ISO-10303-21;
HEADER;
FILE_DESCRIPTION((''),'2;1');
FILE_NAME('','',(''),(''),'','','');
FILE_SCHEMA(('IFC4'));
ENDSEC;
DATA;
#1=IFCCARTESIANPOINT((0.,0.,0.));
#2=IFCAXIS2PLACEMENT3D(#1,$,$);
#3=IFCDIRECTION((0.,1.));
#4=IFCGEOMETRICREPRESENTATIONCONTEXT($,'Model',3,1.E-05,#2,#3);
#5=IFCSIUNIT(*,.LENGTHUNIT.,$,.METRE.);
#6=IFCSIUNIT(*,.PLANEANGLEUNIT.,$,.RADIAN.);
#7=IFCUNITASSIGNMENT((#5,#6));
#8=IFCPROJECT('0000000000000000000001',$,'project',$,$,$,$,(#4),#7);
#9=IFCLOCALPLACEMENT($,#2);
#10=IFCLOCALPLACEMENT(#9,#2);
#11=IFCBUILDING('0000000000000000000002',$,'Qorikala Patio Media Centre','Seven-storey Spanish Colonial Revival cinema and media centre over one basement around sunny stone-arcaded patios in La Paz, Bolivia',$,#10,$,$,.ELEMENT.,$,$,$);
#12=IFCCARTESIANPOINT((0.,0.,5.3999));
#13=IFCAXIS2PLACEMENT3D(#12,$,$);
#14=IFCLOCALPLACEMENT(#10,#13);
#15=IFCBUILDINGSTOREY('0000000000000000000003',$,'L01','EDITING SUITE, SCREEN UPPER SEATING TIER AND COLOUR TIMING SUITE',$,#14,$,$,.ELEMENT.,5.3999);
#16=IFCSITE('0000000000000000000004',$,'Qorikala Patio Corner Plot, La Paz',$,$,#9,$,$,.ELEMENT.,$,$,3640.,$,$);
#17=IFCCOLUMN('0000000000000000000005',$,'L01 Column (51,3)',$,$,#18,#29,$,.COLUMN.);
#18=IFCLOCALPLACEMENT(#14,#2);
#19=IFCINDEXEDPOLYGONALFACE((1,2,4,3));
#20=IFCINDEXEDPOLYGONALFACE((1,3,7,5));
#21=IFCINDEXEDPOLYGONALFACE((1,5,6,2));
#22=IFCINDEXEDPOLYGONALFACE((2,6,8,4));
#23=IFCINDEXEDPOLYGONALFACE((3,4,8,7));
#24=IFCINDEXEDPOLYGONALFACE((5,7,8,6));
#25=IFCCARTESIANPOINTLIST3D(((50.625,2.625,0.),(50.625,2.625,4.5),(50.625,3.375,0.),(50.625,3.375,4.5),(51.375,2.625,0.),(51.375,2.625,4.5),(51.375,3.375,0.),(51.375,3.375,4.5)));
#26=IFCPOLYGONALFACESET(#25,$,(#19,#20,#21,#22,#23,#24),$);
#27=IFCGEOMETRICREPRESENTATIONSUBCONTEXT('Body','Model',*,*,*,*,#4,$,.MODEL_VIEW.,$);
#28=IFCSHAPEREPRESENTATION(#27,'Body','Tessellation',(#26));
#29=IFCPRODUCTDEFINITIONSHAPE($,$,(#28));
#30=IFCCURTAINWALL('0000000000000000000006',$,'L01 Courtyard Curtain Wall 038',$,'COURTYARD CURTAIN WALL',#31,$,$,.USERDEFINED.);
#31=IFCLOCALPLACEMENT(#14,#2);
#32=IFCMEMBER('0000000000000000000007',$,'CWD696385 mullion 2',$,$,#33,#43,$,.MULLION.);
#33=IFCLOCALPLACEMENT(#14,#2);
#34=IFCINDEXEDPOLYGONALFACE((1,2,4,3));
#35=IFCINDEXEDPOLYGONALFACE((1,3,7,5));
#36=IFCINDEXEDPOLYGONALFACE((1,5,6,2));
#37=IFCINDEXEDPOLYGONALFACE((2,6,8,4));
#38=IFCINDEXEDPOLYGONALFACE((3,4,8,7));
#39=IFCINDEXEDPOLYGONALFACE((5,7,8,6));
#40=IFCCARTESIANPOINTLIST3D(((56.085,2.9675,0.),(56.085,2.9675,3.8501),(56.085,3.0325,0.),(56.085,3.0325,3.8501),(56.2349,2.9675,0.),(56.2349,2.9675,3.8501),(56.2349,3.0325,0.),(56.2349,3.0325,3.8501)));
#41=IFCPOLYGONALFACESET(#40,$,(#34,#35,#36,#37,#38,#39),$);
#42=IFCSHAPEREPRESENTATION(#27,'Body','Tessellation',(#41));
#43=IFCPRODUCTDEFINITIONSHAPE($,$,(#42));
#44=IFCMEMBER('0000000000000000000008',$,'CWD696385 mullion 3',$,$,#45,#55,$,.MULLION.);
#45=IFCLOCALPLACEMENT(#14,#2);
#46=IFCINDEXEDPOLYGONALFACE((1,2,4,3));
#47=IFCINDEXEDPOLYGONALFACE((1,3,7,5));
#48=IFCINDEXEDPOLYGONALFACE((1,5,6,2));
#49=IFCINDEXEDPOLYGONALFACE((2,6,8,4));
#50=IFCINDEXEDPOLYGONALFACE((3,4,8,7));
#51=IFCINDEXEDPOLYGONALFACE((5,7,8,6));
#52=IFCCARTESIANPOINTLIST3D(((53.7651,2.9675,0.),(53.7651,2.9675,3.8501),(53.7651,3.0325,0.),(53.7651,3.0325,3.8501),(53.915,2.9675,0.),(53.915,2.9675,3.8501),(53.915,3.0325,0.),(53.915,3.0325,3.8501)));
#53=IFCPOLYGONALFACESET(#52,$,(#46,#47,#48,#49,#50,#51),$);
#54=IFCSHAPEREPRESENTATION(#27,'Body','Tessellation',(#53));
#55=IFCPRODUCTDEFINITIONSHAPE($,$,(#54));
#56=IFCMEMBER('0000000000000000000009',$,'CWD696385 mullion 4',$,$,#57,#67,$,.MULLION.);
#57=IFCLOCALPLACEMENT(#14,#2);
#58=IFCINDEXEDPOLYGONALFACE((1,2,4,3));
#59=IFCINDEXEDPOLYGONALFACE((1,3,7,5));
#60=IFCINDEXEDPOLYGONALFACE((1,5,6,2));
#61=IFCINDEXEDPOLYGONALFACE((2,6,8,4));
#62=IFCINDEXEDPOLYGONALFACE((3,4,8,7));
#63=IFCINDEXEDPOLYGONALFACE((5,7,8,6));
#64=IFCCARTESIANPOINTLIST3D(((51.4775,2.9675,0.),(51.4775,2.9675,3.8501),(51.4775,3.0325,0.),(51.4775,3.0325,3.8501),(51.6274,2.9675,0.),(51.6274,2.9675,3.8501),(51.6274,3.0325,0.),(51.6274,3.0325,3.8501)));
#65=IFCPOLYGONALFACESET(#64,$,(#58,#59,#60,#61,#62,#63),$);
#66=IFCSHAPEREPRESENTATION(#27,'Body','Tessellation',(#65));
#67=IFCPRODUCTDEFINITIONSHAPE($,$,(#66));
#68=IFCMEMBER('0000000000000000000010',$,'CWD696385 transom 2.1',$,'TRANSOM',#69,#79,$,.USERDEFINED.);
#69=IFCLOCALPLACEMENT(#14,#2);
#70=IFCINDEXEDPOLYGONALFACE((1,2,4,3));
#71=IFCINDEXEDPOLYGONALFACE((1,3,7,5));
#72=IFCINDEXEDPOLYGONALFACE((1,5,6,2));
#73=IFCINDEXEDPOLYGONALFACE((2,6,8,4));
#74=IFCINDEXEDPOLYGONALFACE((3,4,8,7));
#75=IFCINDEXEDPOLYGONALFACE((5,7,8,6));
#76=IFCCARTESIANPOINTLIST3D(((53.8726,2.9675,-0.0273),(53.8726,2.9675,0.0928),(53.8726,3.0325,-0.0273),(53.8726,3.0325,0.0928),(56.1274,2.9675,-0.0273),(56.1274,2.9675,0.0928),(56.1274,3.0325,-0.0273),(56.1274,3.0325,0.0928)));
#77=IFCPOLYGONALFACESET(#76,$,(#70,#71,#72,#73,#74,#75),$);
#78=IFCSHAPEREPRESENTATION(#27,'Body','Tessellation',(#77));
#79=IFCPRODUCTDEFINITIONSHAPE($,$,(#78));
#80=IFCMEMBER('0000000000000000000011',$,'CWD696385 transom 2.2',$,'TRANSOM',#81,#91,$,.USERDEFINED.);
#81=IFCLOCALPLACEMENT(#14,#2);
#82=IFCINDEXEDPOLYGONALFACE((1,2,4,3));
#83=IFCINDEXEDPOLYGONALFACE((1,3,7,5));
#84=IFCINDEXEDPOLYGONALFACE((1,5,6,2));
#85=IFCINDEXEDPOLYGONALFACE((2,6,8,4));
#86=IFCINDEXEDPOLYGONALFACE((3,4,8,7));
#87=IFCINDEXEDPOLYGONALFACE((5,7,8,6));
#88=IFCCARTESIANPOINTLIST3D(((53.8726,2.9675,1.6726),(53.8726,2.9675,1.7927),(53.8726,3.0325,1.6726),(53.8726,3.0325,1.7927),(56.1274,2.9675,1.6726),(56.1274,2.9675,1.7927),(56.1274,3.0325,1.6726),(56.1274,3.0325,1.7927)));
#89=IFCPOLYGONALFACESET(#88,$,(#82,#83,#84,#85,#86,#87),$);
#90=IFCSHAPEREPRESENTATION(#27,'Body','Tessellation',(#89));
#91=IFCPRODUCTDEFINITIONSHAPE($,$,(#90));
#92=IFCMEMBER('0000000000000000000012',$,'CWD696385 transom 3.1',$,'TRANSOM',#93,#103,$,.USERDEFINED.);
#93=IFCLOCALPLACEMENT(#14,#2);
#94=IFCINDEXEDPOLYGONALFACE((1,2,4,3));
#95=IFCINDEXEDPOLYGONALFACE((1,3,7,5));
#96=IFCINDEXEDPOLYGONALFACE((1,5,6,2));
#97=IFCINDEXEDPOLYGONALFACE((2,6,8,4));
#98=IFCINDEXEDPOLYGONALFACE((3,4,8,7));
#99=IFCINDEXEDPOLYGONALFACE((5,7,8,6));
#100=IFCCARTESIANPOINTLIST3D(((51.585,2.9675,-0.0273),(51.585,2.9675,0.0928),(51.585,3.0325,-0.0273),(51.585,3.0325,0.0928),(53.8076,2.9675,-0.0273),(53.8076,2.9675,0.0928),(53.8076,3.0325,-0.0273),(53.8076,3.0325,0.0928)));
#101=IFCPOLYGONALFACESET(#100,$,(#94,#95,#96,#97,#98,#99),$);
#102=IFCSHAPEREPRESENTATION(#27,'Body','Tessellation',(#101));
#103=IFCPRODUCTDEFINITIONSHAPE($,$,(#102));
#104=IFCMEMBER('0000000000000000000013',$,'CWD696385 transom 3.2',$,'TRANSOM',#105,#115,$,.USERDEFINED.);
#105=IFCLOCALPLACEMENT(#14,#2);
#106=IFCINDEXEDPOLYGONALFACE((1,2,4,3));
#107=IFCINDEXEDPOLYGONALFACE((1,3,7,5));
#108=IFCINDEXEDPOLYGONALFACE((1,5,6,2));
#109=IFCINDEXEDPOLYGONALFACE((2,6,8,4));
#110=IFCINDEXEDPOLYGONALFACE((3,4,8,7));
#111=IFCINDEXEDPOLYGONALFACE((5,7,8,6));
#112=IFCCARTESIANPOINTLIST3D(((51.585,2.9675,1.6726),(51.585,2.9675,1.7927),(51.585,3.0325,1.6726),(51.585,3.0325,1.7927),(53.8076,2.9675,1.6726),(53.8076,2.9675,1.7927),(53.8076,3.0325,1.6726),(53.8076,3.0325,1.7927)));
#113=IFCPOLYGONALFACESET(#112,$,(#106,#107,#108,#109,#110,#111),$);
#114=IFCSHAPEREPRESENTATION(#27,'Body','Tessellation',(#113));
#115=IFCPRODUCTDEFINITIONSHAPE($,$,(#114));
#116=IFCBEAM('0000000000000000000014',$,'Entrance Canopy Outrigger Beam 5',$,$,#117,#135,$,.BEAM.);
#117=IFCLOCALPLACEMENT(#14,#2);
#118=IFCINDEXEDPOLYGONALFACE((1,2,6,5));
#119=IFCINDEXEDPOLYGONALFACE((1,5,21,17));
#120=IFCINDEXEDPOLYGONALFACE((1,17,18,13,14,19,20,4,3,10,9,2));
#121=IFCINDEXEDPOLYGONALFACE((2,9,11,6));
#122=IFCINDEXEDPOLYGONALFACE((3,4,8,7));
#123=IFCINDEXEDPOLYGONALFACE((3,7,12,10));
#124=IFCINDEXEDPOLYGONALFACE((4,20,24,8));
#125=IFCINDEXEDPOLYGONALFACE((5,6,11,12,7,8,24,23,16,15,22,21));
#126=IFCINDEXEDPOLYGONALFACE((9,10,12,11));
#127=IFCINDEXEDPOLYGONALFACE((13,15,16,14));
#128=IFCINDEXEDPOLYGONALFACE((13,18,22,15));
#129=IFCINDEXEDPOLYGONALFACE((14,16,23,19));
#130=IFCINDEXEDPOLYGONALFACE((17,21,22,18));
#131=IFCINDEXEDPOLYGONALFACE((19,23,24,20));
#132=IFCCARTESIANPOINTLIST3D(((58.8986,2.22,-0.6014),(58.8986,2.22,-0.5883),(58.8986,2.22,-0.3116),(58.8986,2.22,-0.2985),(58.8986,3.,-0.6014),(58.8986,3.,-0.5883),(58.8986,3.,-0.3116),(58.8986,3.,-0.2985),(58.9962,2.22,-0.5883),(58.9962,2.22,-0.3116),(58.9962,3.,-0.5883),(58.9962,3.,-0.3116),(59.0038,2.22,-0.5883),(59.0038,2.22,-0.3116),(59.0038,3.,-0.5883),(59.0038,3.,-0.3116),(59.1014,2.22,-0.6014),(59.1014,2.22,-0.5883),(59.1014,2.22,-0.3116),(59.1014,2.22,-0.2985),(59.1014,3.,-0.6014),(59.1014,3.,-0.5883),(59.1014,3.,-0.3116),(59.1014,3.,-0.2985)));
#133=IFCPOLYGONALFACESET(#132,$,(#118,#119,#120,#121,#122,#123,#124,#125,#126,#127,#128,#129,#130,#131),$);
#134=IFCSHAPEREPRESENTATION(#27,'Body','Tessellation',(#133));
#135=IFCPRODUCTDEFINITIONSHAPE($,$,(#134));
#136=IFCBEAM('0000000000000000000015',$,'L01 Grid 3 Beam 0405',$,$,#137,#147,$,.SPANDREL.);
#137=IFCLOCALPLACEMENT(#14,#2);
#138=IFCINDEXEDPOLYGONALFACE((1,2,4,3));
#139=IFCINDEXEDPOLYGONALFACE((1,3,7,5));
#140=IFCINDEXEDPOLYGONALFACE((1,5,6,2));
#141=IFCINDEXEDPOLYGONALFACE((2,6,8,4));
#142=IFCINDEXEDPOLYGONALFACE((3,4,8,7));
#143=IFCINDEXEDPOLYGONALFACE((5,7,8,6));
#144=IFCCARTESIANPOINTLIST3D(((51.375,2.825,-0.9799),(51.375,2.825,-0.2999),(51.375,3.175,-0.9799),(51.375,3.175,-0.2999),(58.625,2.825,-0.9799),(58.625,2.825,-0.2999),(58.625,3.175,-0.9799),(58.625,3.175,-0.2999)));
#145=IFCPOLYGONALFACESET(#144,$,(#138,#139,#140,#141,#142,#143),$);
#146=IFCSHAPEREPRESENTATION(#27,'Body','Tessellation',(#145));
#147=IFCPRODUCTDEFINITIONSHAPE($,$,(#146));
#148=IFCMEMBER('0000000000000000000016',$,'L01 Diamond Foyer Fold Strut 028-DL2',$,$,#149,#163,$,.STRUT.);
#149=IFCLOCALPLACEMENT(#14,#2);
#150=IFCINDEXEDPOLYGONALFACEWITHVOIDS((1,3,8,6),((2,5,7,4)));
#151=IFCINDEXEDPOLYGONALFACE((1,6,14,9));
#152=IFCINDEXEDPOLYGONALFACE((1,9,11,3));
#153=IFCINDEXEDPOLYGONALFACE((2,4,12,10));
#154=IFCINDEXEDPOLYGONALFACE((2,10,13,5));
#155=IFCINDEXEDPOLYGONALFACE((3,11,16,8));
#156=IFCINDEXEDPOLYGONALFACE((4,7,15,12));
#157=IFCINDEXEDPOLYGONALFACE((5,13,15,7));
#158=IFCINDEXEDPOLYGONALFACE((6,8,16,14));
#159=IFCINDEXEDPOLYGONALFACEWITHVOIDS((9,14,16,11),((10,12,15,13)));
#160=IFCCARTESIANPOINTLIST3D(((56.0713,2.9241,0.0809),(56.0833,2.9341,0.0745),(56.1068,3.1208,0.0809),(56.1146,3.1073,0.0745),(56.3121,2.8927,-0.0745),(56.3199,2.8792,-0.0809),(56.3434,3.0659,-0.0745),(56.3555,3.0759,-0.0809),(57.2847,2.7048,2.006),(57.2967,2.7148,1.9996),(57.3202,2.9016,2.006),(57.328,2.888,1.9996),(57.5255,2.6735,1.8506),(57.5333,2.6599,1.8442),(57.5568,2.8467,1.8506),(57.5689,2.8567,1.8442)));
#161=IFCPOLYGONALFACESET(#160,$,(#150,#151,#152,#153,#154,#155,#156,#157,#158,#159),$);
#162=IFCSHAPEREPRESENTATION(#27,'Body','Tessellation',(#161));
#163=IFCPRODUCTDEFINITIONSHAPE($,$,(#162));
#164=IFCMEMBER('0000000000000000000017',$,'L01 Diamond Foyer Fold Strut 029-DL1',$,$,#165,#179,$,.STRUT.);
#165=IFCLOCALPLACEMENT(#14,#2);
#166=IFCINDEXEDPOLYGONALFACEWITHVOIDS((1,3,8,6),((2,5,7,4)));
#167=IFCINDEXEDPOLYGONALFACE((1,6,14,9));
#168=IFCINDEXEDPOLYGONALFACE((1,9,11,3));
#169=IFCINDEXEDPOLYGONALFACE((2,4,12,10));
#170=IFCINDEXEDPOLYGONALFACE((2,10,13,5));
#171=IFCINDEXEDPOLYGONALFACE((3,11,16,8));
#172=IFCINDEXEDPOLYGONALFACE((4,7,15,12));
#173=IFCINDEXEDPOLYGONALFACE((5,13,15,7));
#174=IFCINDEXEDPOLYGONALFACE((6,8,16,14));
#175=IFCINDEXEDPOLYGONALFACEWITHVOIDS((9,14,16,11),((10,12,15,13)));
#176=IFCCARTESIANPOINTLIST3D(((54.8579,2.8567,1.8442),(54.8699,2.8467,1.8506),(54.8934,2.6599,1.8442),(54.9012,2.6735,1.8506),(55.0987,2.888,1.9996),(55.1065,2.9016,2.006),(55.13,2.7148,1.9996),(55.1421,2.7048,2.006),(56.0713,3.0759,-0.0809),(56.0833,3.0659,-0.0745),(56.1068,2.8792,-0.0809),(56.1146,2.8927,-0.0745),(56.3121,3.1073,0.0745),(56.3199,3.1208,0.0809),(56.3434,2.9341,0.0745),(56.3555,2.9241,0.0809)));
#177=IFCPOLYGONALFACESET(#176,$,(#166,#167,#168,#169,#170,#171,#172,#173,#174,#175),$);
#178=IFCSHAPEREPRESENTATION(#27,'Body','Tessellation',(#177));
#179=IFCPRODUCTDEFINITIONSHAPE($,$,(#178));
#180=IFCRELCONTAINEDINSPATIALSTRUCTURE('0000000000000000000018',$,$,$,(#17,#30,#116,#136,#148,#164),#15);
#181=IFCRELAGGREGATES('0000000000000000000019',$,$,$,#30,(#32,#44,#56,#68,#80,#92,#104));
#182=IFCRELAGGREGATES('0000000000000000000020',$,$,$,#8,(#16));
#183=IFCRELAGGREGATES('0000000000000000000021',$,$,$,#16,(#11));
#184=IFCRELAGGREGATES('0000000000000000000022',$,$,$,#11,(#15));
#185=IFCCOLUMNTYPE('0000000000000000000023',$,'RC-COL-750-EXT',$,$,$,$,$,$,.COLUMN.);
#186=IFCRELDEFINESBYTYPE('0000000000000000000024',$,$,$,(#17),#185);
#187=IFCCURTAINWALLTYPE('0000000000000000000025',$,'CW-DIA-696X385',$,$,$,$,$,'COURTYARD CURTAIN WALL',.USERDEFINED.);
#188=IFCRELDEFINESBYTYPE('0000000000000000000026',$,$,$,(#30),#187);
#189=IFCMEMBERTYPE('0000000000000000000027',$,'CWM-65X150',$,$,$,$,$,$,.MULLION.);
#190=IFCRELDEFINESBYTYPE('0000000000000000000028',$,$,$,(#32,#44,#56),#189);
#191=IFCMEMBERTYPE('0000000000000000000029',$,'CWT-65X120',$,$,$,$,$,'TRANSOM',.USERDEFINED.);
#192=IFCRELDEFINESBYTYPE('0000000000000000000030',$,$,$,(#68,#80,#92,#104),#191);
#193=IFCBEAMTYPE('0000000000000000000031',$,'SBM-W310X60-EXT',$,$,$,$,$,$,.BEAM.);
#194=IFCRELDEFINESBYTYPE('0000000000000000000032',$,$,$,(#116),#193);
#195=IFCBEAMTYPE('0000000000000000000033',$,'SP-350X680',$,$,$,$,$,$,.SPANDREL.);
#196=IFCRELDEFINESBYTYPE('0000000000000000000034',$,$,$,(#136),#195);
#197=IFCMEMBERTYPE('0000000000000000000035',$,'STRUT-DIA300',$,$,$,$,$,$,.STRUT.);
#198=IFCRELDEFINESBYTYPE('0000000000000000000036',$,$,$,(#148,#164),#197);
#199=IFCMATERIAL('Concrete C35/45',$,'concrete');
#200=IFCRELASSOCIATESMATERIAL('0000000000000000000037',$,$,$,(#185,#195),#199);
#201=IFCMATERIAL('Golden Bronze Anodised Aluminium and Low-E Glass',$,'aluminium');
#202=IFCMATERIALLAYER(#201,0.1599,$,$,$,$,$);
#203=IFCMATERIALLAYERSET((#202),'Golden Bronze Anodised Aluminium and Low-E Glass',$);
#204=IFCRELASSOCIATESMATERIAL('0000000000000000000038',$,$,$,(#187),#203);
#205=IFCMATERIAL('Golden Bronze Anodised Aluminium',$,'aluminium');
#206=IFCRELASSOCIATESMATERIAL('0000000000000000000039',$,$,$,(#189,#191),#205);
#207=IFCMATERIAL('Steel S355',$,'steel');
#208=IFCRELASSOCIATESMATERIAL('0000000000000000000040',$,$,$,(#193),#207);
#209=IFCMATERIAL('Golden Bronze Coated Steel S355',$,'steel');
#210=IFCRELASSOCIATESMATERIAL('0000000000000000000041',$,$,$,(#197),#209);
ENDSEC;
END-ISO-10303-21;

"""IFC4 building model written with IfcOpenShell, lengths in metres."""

from ifc_helpers import new_model, si_unit, direction, frame, origin, origin_2d, place, context, subcontext, project, spatial, rectangle, hollow_rectangle, i_section, extrude, material, layer, layer_set, material_profile, profile_set, type_object, element, aggregate, save


model = new_model("IFC4")

# Units and contexts
model_context = context("Model", 3, precision=1e-05, world=origin(), true_north=direction((0.0, 1.0)))
body_context = subcontext(model_context, "Body", "Model", "MODEL_VIEW")
ifc_project = project(units=[si_unit("LENGTHUNIT", "METRE"), si_unit("PLANEANGLEUNIT", "RADIAN")], contexts=[model_context])

# Site, building, storey
site_placement = place(None, origin())
site = spatial("IfcSite", under=ifc_project, at=site_placement, Name="Qorikala Patio Corner Plot, La Paz", CompositionType="ELEMENT", RefElevation=3640.0)
building_placement = place(site_placement, origin())
building = spatial("IfcBuilding", under=site, at=building_placement, Name="Qorikala Patio Media Centre", Description="Seven-storey Spanish Colonial Revival cinema and media centre over one basement around sunny stone-arcaded patios in La Paz, Bolivia", CompositionType="ELEMENT")
storey_placement = place(building_placement, frame((0.0, 0.0, 5.3999)))
storey = spatial("IfcBuildingStorey", under=building, at=storey_placement, Name="L01", Description="EDITING SUITE, SCREEN UPPER SEATING TIER AND COLOUR TIMING SUITE", CompositionType="ELEMENT", Elevation=5.3999)

# Column
ifc_material_1 = material(Name="Concrete C35/45", Category="concrete")
ifc_material_profile_1 = material_profile(ifc_material_1, rectangle(XDim=0.75, YDim=0.75, at=origin_2d()), Name="RC 750x750")
ifc_profile_set_1 = profile_set([ifc_material_profile_1], Name="Concrete C35/45")
column_type = type_object("IfcColumnType", Name="RC-COL-750-EXT", PredefinedType="COLUMN", material=ifc_profile_set_1)
column_placement = place(storey_placement, frame((51.0, 3.0, 0.0), z_axis=(0.0, 0.0, 1.0), x_axis=(1.0, 0.0, 0.0)))
element("IfcColumn", 1, at=column_placement, inside=storey, type_object=column_type, Name="L01 Column (51,3)", PredefinedType="COLUMN", context=body_context, shape_type="SweptSolid", body=[
    extrude(rectangle(XDim=0.75, YDim=0.75, at=origin_2d()), origin(), (0.0, 0.0, 1.0), 4.5),
])

# Curtain wall, members
ifc_material_2 = material(Name="Golden Bronze Anodised Aluminium and Low-E Glass", Category="aluminium")
ifc_layer_1 = layer(ifc_material_2, 0.1599)
ifc_layer_set_1 = layer_set([ifc_layer_1], Name="Golden Bronze Anodised Aluminium and Low-E Glass")
curtain_wall_type = type_object("IfcCurtainWallType", Name="CW-DIA-696X385", ElementType="COURTYARD CURTAIN WALL", PredefinedType="USERDEFINED", material=ifc_layer_set_1)
curtain_wall_placement = place(storey_placement, origin())
curtain_wall = element("IfcCurtainWall", 2, at=curtain_wall_placement, inside=storey, type_object=curtain_wall_type, Name="L01 Courtyard Curtain Wall 038", ObjectType="COURTYARD CURTAIN WALL", PredefinedType="USERDEFINED")
ifc_material_3 = material(Name="Golden Bronze Anodised Aluminium", Category="aluminium")
ifc_material_profile_2 = material_profile(ifc_material_3, rectangle(XDim=0.0649, YDim=0.1499, at=origin_2d()), Name="ALU MULLION 65x150")
ifc_profile_set_2 = profile_set([ifc_material_profile_2], Name="Golden Bronze Anodised Aluminium")
member_type_1 = type_object("IfcMemberType", Name="CWM-65X150", PredefinedType="MULLION", material=ifc_profile_set_2)
member_1_placement = place(storey_placement, frame((56.1599, 3.0, 0.0), z_axis=(0.0, 0.0, 1.0), x_axis=(0.0, -1.0, 0.0)))
member_1 = element("IfcMember", 3, at=member_1_placement, type_object=member_type_1, Name="CWD696385 mullion 2", PredefinedType="MULLION", context=body_context, shape_type="SweptSolid", body=[
    extrude(rectangle(XDim=0.0649, YDim=0.1499, at=origin_2d()), origin(), (0.0, 0.0, 1.0), 3.8501),
])
member_2_placement = place(storey_placement, frame((53.8401, 3.0, 0.0), z_axis=(0.0, 0.0, 1.0), x_axis=(0.0, -1.0, 0.0)))
member_2 = element("IfcMember", 4, at=member_2_placement, type_object=member_type_1, Name="CWD696385 mullion 3", PredefinedType="MULLION", context=body_context, shape_type="SweptSolid", body=[
    extrude(rectangle(XDim=0.0649, YDim=0.1499, at=origin_2d()), origin(), (0.0, 0.0, 1.0), 3.8501),
])
member_3_placement = place(storey_placement, frame((51.5525, 3.0, 0.0), z_axis=(0.0, 0.0, 1.0), x_axis=(0.0, -1.0, 0.0)))
member_3 = element("IfcMember", 5, at=member_3_placement, type_object=member_type_1, Name="CWD696385 mullion 4", PredefinedType="MULLION", context=body_context, shape_type="SweptSolid", body=[
    extrude(rectangle(XDim=0.0649, YDim=0.1499, at=origin_2d()), origin(), (0.0, 0.0, 1.0), 3.8501),
])
ifc_material_profile_3 = material_profile(ifc_material_3, rectangle(XDim=0.0649, YDim=0.1201, at=origin_2d()), Name="ALU TRANSOM 65x120")
ifc_profile_set_3 = profile_set([ifc_material_profile_3], Name="Golden Bronze Anodised Aluminium")
member_type_2 = type_object("IfcMemberType", Name="CWT-65X120", ElementType="TRANSOM", PredefinedType="USERDEFINED", material=ifc_profile_set_3)
member_4_placement = place(storey_placement, frame((56.1274, 3.0, 0.0327), z_axis=(-1.0, 0.0, 0.0), x_axis=(0.0, -1.0, 0.0)))
member_4 = element("IfcMember", 6, at=member_4_placement, type_object=member_type_2, Name="CWD696385 transom 2.1", ObjectType="TRANSOM", PredefinedType="USERDEFINED", context=body_context, shape_type="SweptSolid", body=[
    extrude(rectangle(XDim=0.0649, YDim=0.1201, at=origin_2d()), origin(), (0.0, 0.0, 1.0), 2.2549),
])
member_5_placement = place(storey_placement, frame((56.1274, 3.0, 1.7327), z_axis=(-1.0, 0.0, 0.0), x_axis=(0.0, -1.0, 0.0)))
member_5 = element("IfcMember", 7, at=member_5_placement, type_object=member_type_2, Name="CWD696385 transom 2.2", ObjectType="TRANSOM", PredefinedType="USERDEFINED", context=body_context, shape_type="SweptSolid", body=[
    extrude(rectangle(XDim=0.0649, YDim=0.1201, at=origin_2d()), origin(), (0.0, 0.0, 1.0), 2.2549),
])
member_6_placement = place(storey_placement, frame((53.8076, 3.0, 0.0327), z_axis=(-1.0, 0.0, 0.0), x_axis=(0.0, -1.0, 0.0)))
member_6 = element("IfcMember", 8, at=member_6_placement, type_object=member_type_2, Name="CWD696385 transom 3.1", ObjectType="TRANSOM", PredefinedType="USERDEFINED", context=body_context, shape_type="SweptSolid", body=[
    extrude(rectangle(XDim=0.0649, YDim=0.1201, at=origin_2d()), origin(), (0.0, 0.0, 1.0), 2.2227),
])
member_7_placement = place(storey_placement, frame((53.8076, 3.0, 1.7327), z_axis=(-1.0, 0.0, 0.0), x_axis=(0.0, -1.0, 0.0)))
member_7 = element("IfcMember", 9, at=member_7_placement, type_object=member_type_2, Name="CWD696385 transom 3.2", ObjectType="TRANSOM", PredefinedType="USERDEFINED", context=body_context, shape_type="SweptSolid", body=[
    extrude(rectangle(XDim=0.0649, YDim=0.1201, at=origin_2d()), origin(), (0.0, 0.0, 1.0), 2.2227),
])

# Beams
ifc_material_4 = material(Name="Steel S355", Category="steel")
ifc_material_profile_4 = material_profile(ifc_material_4, i_section(OverallWidth=0.2029, OverallDepth=0.303, WebThickness=0.0076, FlangeThickness=0.0132, at=origin_2d()), Name="W310X60")
ifc_profile_set_4 = profile_set([ifc_material_profile_4], Name="Steel S355")
beam_type_1 = type_object("IfcBeamType", Name="SBM-W310X60-EXT", PredefinedType="BEAM", material=ifc_profile_set_4)
beam_1_placement = place(storey_placement, frame((59.0, 2.22, -0.45), z_axis=(0.0, 1.0, 0.0), x_axis=(-1.0, 0.0, 0.0)))
element("IfcBeam", 10, at=beam_1_placement, inside=storey, type_object=beam_type_1, Name="Entrance Canopy Outrigger Beam 5", PredefinedType="BEAM", context=body_context, shape_type="SweptSolid", body=[
    extrude(i_section(OverallWidth=0.2029, OverallDepth=0.303, WebThickness=0.0076, FlangeThickness=0.0132, at=origin_2d()), origin(), (0.0, 0.0, 1.0), 0.78),
])
ifc_material_profile_5 = material_profile(ifc_material_1, rectangle(XDim=0.3501, YDim=0.6799, at=origin_2d()), Name="RC 350x680")
ifc_profile_set_5 = profile_set([ifc_material_profile_5], Name="Concrete C35/45")
beam_type_2 = type_object("IfcBeamType", Name="SP-350X680", PredefinedType="SPANDREL", material=ifc_profile_set_5)
beam_2_placement = place(storey_placement, frame((51.375, 3.0, -0.6399), z_axis=(1.0, 0.0, 0.0), x_axis=(0.0, 1.0, 0.0)))
element("IfcBeam", 11, at=beam_2_placement, inside=storey, type_object=beam_type_2, Name="L01 Grid 3 Beam 0405", PredefinedType="SPANDREL", context=body_context, shape_type="SweptSolid", body=[
    extrude(rectangle(XDim=0.3501, YDim=0.6799, at=origin_2d()), origin(), (0.0, 0.0, 1.0), 7.25),
])

# Members
ifc_material_5 = material(Name="Golden Bronze Coated Steel S355", Category="steel")
ifc_material_profile_6 = material_profile(ifc_material_5, hollow_rectangle(XDim=0.2, YDim=0.3, WallThickness=0.012, at=origin_2d()), Name="HSS300X200X12")
ifc_profile_set_6 = profile_set([ifc_material_profile_6], Name="Golden Bronze Coated Steel S355")
member_type_3 = type_object("IfcMemberType", Name="STRUT-DIA300", PredefinedType="STRUT", material=ifc_profile_set_6)
for number, where, z_axis, x_axis, name in (
    (12, (56.2134, 3.0, 0.0), (0.530768, -0.095901, 0.842074), (0.177805, 0.984066, 0.0), "L01 Diamond Foyer Fold Strut 028-DL2"),
    (13, (56.2134, 3.0, 0.0), (-0.530768, -0.095901, 0.842074), (0.177805, -0.984066, 0.0), "L01 Diamond Foyer Fold Strut 029-DL1"),
):
    element("IfcMember", number, at=place(storey_placement, frame(where, z_axis=z_axis, x_axis=x_axis)), inside=storey, type_object=member_type_3, Name=name, PredefinedType="STRUT", context=body_context, shape_type="SweptSolid", body=[
        extrude(hollow_rectangle(XDim=0.2, YDim=0.3, WallThickness=0.012, at=origin_2d()), origin(), (0.0, 0.0, 1.0), 2.2861),
    ])

aggregate(curtain_wall, [member_1, member_2, member_3, member_4, member_5, member_6, member_7])

save(model, "model.ifc")
